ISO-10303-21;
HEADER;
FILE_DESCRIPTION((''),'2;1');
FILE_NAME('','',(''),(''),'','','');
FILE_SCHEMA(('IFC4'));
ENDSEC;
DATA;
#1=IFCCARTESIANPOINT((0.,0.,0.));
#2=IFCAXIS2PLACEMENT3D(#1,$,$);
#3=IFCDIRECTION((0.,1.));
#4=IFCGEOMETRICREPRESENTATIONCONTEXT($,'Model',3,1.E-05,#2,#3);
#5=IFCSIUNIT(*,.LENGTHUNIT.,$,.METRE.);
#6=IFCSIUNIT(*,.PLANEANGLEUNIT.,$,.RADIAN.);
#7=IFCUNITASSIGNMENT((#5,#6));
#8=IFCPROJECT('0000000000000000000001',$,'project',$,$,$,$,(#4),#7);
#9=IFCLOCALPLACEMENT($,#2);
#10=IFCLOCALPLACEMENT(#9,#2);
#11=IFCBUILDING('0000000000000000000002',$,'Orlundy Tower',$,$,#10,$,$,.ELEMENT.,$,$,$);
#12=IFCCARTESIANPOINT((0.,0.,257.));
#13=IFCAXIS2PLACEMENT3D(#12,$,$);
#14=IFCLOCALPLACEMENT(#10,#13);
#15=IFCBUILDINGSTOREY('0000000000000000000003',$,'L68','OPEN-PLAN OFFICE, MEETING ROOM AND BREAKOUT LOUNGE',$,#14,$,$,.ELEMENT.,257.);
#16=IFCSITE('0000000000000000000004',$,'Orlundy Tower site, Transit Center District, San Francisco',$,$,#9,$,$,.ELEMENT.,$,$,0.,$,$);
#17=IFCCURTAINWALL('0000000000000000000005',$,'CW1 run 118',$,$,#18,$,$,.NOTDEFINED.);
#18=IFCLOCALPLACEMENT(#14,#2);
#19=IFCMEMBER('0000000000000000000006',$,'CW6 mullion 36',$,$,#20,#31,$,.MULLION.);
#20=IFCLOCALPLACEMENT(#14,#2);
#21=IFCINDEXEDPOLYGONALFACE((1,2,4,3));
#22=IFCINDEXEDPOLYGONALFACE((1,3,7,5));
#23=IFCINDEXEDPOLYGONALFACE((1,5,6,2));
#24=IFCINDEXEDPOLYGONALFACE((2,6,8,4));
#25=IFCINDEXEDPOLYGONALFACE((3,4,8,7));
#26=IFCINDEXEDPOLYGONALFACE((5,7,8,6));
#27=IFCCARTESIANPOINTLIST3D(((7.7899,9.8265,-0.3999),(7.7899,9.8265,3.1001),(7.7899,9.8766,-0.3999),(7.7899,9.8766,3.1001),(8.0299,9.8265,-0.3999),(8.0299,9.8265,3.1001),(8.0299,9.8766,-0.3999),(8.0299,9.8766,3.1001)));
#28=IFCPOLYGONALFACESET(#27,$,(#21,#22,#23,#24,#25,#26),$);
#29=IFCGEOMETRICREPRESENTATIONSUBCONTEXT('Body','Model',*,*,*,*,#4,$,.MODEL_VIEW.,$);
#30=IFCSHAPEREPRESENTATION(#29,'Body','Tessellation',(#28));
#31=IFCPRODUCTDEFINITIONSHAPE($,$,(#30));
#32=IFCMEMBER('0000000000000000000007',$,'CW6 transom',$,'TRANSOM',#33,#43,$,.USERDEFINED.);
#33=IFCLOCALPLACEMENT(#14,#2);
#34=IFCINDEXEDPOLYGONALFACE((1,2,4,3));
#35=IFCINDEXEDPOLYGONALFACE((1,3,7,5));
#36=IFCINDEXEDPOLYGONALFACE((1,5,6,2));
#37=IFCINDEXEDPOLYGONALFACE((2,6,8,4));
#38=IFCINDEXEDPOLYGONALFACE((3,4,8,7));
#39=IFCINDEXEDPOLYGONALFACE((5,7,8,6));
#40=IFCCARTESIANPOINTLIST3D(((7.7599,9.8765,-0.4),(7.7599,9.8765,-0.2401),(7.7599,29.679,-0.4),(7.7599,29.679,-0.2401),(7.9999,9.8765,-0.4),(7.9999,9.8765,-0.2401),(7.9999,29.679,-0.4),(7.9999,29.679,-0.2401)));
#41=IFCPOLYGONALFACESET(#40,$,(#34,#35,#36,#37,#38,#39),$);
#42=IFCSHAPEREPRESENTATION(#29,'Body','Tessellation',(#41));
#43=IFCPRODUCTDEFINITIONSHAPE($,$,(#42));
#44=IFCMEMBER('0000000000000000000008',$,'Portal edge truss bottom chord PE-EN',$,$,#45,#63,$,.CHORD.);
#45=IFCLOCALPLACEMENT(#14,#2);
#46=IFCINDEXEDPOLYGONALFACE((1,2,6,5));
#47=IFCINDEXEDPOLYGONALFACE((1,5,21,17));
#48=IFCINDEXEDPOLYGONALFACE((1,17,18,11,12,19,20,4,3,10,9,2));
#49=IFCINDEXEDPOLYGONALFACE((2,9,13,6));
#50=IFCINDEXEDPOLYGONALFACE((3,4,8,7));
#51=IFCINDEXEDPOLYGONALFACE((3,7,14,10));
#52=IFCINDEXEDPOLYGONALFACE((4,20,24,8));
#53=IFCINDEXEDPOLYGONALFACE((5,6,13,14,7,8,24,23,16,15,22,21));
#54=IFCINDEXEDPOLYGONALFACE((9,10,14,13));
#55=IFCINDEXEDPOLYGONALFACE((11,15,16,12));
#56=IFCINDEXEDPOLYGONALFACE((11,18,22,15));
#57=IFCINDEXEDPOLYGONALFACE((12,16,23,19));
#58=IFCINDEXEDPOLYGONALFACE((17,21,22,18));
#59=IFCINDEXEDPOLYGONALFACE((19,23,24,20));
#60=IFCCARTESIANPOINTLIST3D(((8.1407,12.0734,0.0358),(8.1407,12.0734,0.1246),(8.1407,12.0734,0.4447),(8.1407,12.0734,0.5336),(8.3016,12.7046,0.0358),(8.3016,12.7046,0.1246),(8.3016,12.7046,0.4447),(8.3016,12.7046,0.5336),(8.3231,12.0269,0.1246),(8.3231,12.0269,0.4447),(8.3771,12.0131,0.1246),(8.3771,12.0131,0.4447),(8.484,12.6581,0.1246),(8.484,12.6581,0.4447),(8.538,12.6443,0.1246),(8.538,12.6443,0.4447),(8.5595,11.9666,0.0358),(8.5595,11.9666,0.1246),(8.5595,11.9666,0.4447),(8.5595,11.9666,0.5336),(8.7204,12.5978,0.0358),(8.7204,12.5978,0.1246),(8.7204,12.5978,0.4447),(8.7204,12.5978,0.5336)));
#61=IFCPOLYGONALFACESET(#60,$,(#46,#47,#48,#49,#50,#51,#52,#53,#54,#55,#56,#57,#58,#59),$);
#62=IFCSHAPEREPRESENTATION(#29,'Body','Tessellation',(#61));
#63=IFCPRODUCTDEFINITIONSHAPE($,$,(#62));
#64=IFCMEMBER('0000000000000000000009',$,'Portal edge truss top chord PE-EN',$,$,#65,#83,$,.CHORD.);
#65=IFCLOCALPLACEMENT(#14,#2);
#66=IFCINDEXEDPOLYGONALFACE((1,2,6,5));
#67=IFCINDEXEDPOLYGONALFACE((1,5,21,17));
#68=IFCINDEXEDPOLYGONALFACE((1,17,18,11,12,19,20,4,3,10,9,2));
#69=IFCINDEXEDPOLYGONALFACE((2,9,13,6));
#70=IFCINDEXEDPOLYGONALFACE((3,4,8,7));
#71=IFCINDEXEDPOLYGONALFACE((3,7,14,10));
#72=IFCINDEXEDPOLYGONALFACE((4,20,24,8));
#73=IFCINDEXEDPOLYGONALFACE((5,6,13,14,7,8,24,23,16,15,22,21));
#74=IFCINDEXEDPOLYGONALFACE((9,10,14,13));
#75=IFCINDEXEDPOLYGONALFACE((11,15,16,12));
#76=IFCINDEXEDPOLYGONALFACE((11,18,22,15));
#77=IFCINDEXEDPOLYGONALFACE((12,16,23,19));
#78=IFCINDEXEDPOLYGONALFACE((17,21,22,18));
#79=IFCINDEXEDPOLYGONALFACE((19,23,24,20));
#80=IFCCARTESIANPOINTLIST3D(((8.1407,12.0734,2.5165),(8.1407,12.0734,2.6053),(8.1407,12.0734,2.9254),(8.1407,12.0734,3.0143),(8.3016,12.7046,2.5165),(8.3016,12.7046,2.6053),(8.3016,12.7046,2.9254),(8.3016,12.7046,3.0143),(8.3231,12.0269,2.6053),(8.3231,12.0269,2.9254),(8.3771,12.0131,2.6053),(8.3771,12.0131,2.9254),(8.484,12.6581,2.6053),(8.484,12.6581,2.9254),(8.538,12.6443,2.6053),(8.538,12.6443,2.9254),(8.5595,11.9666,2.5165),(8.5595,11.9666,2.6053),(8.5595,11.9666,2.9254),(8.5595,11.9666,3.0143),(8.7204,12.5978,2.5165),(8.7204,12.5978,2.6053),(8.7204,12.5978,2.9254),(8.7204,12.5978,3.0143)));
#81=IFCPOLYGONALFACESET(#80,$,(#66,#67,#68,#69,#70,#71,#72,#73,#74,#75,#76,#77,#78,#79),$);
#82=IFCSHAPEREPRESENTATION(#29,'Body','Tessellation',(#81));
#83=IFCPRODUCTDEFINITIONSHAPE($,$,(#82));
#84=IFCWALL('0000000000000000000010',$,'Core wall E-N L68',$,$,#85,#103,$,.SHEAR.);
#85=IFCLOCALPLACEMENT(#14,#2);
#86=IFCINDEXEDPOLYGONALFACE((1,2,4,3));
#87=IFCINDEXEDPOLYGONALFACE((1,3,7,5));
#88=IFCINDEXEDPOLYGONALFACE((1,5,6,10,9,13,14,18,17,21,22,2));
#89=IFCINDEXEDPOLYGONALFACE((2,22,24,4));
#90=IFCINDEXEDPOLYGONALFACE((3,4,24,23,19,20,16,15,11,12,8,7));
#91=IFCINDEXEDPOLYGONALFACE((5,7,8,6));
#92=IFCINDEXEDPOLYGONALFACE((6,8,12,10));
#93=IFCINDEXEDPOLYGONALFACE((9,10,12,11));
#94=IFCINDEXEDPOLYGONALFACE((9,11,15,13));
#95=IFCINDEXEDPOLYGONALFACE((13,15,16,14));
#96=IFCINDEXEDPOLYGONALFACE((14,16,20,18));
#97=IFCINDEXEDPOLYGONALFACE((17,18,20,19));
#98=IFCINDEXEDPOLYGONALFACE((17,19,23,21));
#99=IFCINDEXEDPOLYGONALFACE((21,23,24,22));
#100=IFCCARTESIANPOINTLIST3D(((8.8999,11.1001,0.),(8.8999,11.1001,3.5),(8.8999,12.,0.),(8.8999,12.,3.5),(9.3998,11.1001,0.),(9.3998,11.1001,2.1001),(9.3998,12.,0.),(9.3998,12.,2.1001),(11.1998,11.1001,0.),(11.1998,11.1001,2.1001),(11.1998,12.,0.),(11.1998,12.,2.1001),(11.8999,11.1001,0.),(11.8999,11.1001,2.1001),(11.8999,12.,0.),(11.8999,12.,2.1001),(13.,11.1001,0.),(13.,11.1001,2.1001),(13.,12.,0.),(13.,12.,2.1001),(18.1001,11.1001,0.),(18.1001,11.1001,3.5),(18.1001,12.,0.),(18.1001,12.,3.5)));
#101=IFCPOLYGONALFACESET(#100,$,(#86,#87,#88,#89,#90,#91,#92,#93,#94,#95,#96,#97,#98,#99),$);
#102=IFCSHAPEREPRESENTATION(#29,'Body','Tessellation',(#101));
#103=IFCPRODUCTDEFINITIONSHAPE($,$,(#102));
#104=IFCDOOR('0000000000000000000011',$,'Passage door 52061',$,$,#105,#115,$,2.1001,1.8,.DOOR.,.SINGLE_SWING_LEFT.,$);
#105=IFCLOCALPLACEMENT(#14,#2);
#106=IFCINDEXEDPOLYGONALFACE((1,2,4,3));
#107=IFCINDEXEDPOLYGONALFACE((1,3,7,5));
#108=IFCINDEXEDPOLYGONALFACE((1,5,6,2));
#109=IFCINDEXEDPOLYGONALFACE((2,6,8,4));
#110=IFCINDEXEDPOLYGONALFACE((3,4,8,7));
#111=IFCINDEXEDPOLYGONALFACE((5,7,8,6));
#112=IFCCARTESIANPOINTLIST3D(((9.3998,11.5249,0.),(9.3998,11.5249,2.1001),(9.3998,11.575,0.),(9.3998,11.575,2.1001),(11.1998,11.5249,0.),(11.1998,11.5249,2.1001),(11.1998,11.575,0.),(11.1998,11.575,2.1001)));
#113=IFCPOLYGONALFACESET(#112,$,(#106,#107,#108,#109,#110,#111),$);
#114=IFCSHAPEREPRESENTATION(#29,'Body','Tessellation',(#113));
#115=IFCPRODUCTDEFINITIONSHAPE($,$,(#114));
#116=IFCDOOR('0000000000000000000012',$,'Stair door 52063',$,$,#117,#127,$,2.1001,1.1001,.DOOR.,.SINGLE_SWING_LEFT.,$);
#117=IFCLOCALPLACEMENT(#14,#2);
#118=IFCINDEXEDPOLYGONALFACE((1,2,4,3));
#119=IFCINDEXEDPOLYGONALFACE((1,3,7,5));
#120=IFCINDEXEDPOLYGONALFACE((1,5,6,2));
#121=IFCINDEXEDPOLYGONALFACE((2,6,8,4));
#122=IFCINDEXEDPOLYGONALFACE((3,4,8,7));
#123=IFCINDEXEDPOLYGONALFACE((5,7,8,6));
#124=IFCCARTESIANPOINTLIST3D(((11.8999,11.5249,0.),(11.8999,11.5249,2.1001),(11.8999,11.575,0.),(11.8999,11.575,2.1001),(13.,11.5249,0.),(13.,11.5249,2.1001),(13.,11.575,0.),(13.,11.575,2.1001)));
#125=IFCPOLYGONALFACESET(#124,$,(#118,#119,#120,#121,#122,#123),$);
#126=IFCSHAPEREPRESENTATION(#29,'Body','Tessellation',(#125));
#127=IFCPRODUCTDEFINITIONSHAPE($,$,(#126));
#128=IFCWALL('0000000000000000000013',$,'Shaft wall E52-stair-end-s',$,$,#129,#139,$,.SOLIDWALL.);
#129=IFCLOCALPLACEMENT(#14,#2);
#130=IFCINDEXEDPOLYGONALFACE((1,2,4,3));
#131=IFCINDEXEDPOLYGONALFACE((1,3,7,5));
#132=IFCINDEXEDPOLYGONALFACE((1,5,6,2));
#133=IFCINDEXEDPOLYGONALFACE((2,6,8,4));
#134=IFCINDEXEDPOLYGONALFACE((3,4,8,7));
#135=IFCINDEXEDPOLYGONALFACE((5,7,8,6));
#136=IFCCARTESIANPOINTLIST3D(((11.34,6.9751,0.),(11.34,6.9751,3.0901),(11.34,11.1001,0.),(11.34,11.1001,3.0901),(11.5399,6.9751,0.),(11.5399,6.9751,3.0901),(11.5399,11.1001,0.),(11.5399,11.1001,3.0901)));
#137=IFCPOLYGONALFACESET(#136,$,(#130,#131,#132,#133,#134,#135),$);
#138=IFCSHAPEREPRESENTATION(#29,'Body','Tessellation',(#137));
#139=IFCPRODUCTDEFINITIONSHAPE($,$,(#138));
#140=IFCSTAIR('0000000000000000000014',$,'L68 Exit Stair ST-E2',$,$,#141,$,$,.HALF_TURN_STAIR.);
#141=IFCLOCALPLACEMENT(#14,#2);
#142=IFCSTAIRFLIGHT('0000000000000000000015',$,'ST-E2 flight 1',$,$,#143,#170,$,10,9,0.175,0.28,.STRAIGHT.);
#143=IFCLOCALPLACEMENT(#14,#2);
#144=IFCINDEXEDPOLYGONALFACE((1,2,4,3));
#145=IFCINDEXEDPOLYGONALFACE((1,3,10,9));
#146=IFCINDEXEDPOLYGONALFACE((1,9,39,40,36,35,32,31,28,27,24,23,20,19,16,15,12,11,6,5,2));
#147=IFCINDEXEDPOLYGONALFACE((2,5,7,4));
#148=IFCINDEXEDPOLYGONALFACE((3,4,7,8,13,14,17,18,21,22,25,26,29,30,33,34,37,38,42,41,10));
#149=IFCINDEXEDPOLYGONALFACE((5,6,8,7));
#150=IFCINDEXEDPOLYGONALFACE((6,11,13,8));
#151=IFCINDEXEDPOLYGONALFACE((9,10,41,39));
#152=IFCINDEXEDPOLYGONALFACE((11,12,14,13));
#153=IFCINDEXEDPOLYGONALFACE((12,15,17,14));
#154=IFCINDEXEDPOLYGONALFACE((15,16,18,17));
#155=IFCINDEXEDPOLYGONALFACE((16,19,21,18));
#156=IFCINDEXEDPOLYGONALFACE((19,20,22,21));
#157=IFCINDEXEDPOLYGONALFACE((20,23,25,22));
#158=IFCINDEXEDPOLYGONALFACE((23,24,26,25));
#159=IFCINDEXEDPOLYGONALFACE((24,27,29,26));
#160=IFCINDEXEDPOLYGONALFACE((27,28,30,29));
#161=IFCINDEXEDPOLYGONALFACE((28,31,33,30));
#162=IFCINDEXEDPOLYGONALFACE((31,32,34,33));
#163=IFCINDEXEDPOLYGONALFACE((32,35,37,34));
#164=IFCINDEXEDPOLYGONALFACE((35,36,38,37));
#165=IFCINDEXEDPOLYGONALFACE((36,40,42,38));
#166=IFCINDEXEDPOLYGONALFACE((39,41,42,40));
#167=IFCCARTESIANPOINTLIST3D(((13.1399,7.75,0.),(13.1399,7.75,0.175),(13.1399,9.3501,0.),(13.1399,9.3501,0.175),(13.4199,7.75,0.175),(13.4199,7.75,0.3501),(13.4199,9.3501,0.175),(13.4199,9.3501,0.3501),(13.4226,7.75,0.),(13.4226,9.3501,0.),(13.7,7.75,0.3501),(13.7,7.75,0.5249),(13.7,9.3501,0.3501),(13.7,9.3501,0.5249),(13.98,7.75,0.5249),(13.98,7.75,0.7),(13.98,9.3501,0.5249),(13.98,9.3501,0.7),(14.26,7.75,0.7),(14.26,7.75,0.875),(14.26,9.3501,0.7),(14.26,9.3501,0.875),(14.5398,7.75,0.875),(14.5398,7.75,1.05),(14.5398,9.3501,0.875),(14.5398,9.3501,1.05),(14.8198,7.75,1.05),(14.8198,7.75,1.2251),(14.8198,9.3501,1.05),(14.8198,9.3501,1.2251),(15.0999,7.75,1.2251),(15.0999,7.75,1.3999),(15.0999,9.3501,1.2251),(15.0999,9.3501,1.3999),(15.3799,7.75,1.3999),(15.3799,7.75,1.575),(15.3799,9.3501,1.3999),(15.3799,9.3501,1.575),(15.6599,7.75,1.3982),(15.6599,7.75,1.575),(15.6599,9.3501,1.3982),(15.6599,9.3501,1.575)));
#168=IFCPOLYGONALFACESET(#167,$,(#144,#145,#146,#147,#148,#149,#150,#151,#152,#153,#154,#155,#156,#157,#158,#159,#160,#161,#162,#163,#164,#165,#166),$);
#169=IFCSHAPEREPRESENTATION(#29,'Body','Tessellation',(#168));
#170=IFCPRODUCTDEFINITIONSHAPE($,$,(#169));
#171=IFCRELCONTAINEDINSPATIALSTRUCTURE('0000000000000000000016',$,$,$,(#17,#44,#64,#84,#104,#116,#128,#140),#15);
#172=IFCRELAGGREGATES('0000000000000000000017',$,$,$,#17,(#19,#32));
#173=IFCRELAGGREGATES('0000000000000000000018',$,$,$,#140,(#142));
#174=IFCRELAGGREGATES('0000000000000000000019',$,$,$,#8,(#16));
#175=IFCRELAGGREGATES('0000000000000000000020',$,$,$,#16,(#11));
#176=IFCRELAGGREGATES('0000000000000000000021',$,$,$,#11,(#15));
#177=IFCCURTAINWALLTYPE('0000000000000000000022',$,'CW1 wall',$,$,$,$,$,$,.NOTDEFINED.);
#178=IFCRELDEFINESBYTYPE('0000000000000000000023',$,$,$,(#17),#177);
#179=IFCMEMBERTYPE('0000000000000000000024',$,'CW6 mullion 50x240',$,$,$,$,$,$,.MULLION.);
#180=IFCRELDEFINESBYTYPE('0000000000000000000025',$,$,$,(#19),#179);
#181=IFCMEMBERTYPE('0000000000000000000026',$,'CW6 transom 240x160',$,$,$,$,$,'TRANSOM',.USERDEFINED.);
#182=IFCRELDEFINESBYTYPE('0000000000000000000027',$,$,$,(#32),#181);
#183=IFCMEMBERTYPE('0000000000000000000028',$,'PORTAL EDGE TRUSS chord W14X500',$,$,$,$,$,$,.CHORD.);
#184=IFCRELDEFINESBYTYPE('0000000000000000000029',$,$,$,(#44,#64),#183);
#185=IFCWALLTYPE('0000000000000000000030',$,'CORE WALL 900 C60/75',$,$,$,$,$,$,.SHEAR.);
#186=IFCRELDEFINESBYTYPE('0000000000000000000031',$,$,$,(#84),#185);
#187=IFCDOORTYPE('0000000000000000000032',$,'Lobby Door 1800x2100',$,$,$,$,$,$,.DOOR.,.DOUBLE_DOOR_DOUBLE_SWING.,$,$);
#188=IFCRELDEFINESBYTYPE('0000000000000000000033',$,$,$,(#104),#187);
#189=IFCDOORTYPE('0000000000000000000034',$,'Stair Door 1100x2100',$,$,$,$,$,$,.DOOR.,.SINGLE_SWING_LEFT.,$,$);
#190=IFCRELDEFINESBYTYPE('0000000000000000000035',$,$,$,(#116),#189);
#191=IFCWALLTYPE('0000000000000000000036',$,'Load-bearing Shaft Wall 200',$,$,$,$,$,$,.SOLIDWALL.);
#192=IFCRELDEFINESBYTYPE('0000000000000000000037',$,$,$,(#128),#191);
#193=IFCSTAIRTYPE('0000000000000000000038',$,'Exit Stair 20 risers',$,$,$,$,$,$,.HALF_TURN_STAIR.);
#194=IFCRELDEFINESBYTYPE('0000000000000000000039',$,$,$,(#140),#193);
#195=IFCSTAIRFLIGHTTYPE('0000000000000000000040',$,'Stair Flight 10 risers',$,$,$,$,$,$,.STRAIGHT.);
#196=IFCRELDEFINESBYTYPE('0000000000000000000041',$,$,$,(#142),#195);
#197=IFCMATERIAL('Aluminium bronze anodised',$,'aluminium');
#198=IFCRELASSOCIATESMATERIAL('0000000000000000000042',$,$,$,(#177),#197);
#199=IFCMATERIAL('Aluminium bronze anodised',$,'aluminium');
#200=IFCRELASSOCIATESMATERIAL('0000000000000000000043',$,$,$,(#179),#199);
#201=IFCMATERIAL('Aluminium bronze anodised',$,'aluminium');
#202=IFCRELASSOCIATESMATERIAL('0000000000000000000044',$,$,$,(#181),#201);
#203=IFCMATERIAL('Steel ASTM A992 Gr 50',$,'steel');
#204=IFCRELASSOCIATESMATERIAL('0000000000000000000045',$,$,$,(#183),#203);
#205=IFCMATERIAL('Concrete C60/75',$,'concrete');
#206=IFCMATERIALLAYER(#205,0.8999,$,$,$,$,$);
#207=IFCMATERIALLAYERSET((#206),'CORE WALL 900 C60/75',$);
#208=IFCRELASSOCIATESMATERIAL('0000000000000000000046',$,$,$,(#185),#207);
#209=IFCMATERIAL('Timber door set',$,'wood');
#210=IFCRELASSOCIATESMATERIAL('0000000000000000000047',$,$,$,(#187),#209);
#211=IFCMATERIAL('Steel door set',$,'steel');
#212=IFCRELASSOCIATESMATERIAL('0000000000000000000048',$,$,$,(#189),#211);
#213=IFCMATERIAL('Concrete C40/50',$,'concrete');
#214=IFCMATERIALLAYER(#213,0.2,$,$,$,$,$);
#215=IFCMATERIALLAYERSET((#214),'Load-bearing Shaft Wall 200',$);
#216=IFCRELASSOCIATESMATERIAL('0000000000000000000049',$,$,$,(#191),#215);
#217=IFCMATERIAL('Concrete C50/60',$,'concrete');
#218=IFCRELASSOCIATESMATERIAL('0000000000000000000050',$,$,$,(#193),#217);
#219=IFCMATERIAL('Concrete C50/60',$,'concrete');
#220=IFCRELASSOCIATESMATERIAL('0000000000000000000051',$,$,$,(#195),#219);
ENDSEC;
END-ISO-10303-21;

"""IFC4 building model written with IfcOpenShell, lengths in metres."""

from ifc_helpers import new_model, si_unit, direction, frame, frame_2d, origin, origin_2d, place, context, subcontext, project, spatial, polyline, rectangle, i_section, outline, extrude, material, layer, layer_set, material_profile, profile_set, type_object, element, fill, aggregate, save


model = new_model("IFC4")

# Units and contexts
model_context = context("Model", 3, precision=1e-05, world=origin(), true_north=direction((0.0, 1.0)))
body_context = subcontext(model_context, "Body", "Model", "MODEL_VIEW")
ifc_project = project(units=[si_unit("LENGTHUNIT", "METRE"), si_unit("PLANEANGLEUNIT", "RADIAN")], contexts=[model_context])

# Site, building, storey
site_placement = place(None, origin())
site = spatial("IfcSite", under=ifc_project, at=site_placement, Name="Orlundy Tower site, Transit Center District, San Francisco", CompositionType="ELEMENT", RefElevation=0.0)
building_placement = place(site_placement, origin())
building = spatial("IfcBuilding", under=site, at=building_placement, Name="Orlundy Tower", CompositionType="ELEMENT")
storey_placement = place(building_placement, frame((0.0, 0.0, 257.0)))
storey = spatial("IfcBuildingStorey", under=building, at=storey_placement, Name="L68", Description="OPEN-PLAN OFFICE, MEETING ROOM AND BREAKOUT LOUNGE", CompositionType="ELEMENT", Elevation=257.0)

# Curtain wall, members
ifc_material_1 = material(Name="Aluminium bronze anodised", Category="aluminium")
curtain_wall_type = type_object("IfcCurtainWallType", Name="CW1 wall", PredefinedType="NOTDEFINED", material=ifc_material_1)
curtain_wall_placement = place(storey_placement, origin())
curtain_wall = element("IfcCurtainWall", 1, at=curtain_wall_placement, inside=storey, type_object=curtain_wall_type, Name="CW1 run 118", PredefinedType="NOTDEFINED")
ifc_material_2 = material(Name="Aluminium bronze anodised", Category="aluminium")
ifc_material_profile_1 = material_profile(ifc_material_2, rectangle(XDim=0.24, YDim=0.05, at=origin_2d()), Name="CW6 mullion 50x240")
ifc_profile_set_1 = profile_set([ifc_material_profile_1], Name="Aluminium bronze anodised")
member_type_1 = type_object("IfcMemberType", Name="CW6 mullion 50x240", PredefinedType="MULLION", material=ifc_profile_set_1)
member_1_placement = place(storey_placement, frame((7.9099, 9.8516, -0.3999), z_axis=(0.0, 0.0, 1.0), x_axis=(-1.0, 0.0, 0.0)))
member_1 = element("IfcMember", 2, at=member_1_placement, type_object=member_type_1, Name="CW6 mullion 36", PredefinedType="MULLION", context=body_context, shape_type="SweptSolid", body=[
    extrude(rectangle(XDim=0.24, YDim=0.05, at=origin_2d()), origin(), (0.0, 0.0, 1.0), 3.5),
])
ifc_material_3 = material(Name="Aluminium bronze anodised", Category="aluminium")
ifc_material_profile_2 = material_profile(ifc_material_3, rectangle(XDim=0.24, YDim=0.1599, at=origin_2d()), Name="CW6 transom 240x160")
ifc_profile_set_2 = profile_set([ifc_material_profile_2], Name="Aluminium bronze anodised")
member_type_2 = type_object("IfcMemberType", Name="CW6 transom 240x160", ElementType="TRANSOM", PredefinedType="USERDEFINED", material=ifc_profile_set_2)
member_2_placement = place(storey_placement, frame((7.8799, 9.8765, -0.3201), z_axis=(0.0, 1.0, 0.0), x_axis=(-1.0, 0.0, 0.0)))
member_2 = element("IfcMember", 3, at=member_2_placement, type_object=member_type_2, Name="CW6 transom", ObjectType="TRANSOM", PredefinedType="USERDEFINED", context=body_context, shape_type="SweptSolid", body=[
    extrude(rectangle(XDim=0.24, YDim=0.1599, at=origin_2d()), origin(), (0.0, 0.0, 1.0), 19.8025),
])
aggregate(curtain_wall, [member_1, member_2])

# Members
ifc_material_4 = material(Name="Steel ASTM A992 Gr 50", Category="steel")
ifc_material_profile_3 = material_profile(ifc_material_4, i_section(OverallWidth=0.4321, OverallDepth=0.4978, WebThickness=0.0557, FlangeThickness=0.0889, at=origin_2d()), Name="W14X500")
ifc_profile_set_3 = profile_set([ifc_material_profile_3], Name="Steel ASTM A992 Gr 50")
member_type_3 = type_object("IfcMemberType", Name="PORTAL EDGE TRUSS chord W14X500", PredefinedType="CHORD", material=ifc_profile_set_3)
for number, where, z_axis, x_axis, name in (
    (4, (8.3501, 12.02, 0.2847), (0.247031, 0.969007, 0.0), (-0.969007, 0.247031, 0.0), "Portal edge truss bottom chord PE-EN"),
    (5, (8.3501, 12.02, 2.7654), (0.247031, 0.969007, 0.0), (-0.969007, 0.247031, 0.0), "Portal edge truss top chord PE-EN"),
):
    element("IfcMember", number, at=place(storey_placement, frame(where, z_axis=z_axis, x_axis=x_axis)), inside=storey, type_object=member_type_3, Name=name, PredefinedType="CHORD", context=body_context, shape_type="SweptSolid", body=[
        extrude(i_section(OverallWidth=0.4321, OverallDepth=0.4978, WebThickness=0.0557, FlangeThickness=0.0889, at=origin_2d()), origin(), (0.0, 0.0, 1.0), 0.6514),
    ])

# Wall, openings, doors
ifc_material_5 = material(Name="Concrete C60/75", Category="concrete")
ifc_layer_1 = layer(ifc_material_5, 0.8999)
ifc_layer_set_1 = layer_set([ifc_layer_1], Name="CORE WALL 900 C60/75")
wall_type_1 = type_object("IfcWallType", Name="CORE WALL 900 C60/75", PredefinedType="SHEAR", material=ifc_layer_set_1)
wall_1_placement = place(storey_placement, frame((8.8999, 11.55, 0.0), z_axis=(0.0, 0.0, 1.0), x_axis=(1.0, 0.0, 0.0)))
wall_1 = element("IfcWall", 6, at=wall_1_placement, inside=storey, type_object=wall_type_1, Name="Core wall E-N L68", PredefinedType="SHEAR", context=body_context, shape_type="SweptSolid", body=[
    extrude(rectangle(XDim=9.2002, YDim=0.8999, at=frame_2d((4.6001, 0.0))), origin(), (0.0, 0.0, 1.0), 3.5),
])
opening_1_placement = place(wall_1_placement, frame((0.5, 0.0, 0.0)))
opening_1 = element("IfcOpeningElement", 7, at=opening_1_placement, cuts=wall_1, PredefinedType="OPENING", context=body_context, shape_type="SweptSolid", body=[
    extrude(rectangle(XDim=1.8, YDim=2.1001, at=frame_2d((0.8999, 1.05))), frame((0.0, 0.46, 0.0), z_axis=(0.0, -1.0, 0.0), x_axis=(1.0, 0.0, 0.0)), (0.0, 0.0, 1.0), 0.9199),
])
opening_2_placement = place(wall_1_placement, frame((3.0, 0.0, 0.0)))
opening_2 = element("IfcOpeningElement", 8, at=opening_2_placement, cuts=wall_1, PredefinedType="OPENING", context=body_context, shape_type="SweptSolid", body=[
    extrude(rectangle(XDim=1.1001, YDim=2.1001, at=frame_2d((0.55, 1.05))), frame((0.0, 0.46, 0.0), z_axis=(0.0, -1.0, 0.0), x_axis=(1.0, 0.0, 0.0)), (0.0, 0.0, 1.0), 0.9199),
])
ifc_material_6 = material(Name="Timber door set", Category="wood")
door_type_1 = type_object("IfcDoorType", Name="Lobby Door 1800x2100", OperationType="DOUBLE_DOOR_DOUBLE_SWING", PredefinedType="DOOR", material=ifc_material_6)
door_1_placement = place(opening_1_placement, origin())
door_1 = element("IfcDoor", 9, at=door_1_placement, inside=storey, type_object=door_type_1, Name="Passage door 52061", OperationType="SINGLE_SWING_LEFT", OverallHeight=2.1001, OverallWidth=1.8, PredefinedType="DOOR", context=body_context, shape_type="SweptSolid", body=[
    extrude(rectangle(XDim=1.8, YDim=2.1001, at=frame_2d((0.8999, 1.05))), frame((0.0, 0.0249, 0.0), z_axis=(0.0, -1.0, 0.0), x_axis=(1.0, 0.0, 0.0)), (0.0, 0.0, 1.0), 0.05),
])
fill(opening_1, door_1)
ifc_material_7 = material(Name="Steel door set", Category="steel")
door_type_2 = type_object("IfcDoorType", Name="Stair Door 1100x2100", OperationType="SINGLE_SWING_LEFT", PredefinedType="DOOR", material=ifc_material_7)
door_2_placement = place(opening_2_placement, origin())
door_2 = element("IfcDoor", 10, at=door_2_placement, inside=storey, type_object=door_type_2, Name="Stair door 52063", OperationType="SINGLE_SWING_LEFT", OverallHeight=2.1001, OverallWidth=1.1001, PredefinedType="DOOR", context=body_context, shape_type="SweptSolid", body=[
    extrude(rectangle(XDim=1.1001, YDim=2.1001, at=frame_2d((0.55, 1.05))), frame((0.0, 0.0249, 0.0), z_axis=(0.0, -1.0, 0.0), x_axis=(1.0, 0.0, 0.0)), (0.0, 0.0, 1.0), 0.05),
])
fill(opening_2, door_2)

# Wall
ifc_material_8 = material(Name="Concrete C40/50", Category="concrete")
ifc_layer_2 = layer(ifc_material_8, 0.2)
ifc_layer_set_2 = layer_set([ifc_layer_2], Name="Load-bearing Shaft Wall 200")
wall_type_2 = type_object("IfcWallType", Name="Load-bearing Shaft Wall 200", PredefinedType="SOLIDWALL", material=ifc_layer_set_2)
wall_2_placement = place(storey_placement, frame((11.4399, 11.1001, 0.0), z_axis=(0.0, 0.0, 1.0), x_axis=(0.0, -1.0, 0.0)))
element("IfcWall", 11, at=wall_2_placement, inside=storey, type_object=wall_type_2, Name="Shaft wall E52-stair-end-s", PredefinedType="SOLIDWALL", context=body_context, shape_type="SweptSolid", body=[
    extrude(rectangle(XDim=4.125, YDim=0.2, at=frame_2d((2.0625, 0.0))), origin(), (0.0, 0.0, 1.0), 3.0901),
])

# Stair, stair flight
ifc_material_9 = material(Name="Concrete C50/60", Category="concrete")
stair_type = type_object("IfcStairType", Name="Exit Stair 20 risers", PredefinedType="HALF_TURN_STAIR", material=ifc_material_9)
stair_placement = place(storey_placement, origin())
stair = element("IfcStair", 12, at=stair_placement, inside=storey, type_object=stair_type, Name="L68 Exit Stair ST-E2", PredefinedType="HALF_TURN_STAIR")
ifc_material_10 = material(Name="Concrete C50/60", Category="concrete")
stair_flight_type = type_object("IfcStairFlightType", Name="Stair Flight 10 risers", PredefinedType="STRAIGHT", material=ifc_material_10)
stair_flight_1_placement = place(storey_placement, frame((13.1399, 8.55, 0.0), z_axis=(0.0, 0.0, 1.0), x_axis=(1.0, 0.0, 0.0)))
stair_flight_1 = element("IfcStairFlight", 13, at=stair_flight_1_placement, type_object=stair_flight_type, Name="ST-E2 flight 1", NumberOfRisers=10, NumberOfTreads=9, PredefinedType="STRAIGHT", RiserHeight=0.175, TreadLength=0.28, context=body_context, shape_type="SweptSolid", body=[
    extrude(outline(polyline([(0.0, 0.0), (0.0, 0.175), (0.28, 0.175), (0.28, 0.3501), (0.5601, 0.3501), (0.5601, 0.5249), (0.8401, 0.5249), (0.8401, 0.7), (1.1201, 0.7), (1.1201, 0.875), (1.3999, 0.875), (1.3999, 1.05), (1.6799, 1.05), (1.6799, 1.2251), (1.96, 1.2251), (1.96, 1.3999), (2.24, 1.3999), (2.24, 1.575), (2.52, 1.575), (2.52, 1.75), (2.52, 1.3982), (0.2827, 0.0), (0.0, 0.0)])), frame((0.0, 0.8, 0.0), z_axis=(0.0, -1.0, 0.0), x_axis=(1.0, 0.0, 0.0)), (0.0, 0.0, 1.0), 1.6001),
])
aggregate(stair, [stair_flight_1])

save(model, "model.ifc")
